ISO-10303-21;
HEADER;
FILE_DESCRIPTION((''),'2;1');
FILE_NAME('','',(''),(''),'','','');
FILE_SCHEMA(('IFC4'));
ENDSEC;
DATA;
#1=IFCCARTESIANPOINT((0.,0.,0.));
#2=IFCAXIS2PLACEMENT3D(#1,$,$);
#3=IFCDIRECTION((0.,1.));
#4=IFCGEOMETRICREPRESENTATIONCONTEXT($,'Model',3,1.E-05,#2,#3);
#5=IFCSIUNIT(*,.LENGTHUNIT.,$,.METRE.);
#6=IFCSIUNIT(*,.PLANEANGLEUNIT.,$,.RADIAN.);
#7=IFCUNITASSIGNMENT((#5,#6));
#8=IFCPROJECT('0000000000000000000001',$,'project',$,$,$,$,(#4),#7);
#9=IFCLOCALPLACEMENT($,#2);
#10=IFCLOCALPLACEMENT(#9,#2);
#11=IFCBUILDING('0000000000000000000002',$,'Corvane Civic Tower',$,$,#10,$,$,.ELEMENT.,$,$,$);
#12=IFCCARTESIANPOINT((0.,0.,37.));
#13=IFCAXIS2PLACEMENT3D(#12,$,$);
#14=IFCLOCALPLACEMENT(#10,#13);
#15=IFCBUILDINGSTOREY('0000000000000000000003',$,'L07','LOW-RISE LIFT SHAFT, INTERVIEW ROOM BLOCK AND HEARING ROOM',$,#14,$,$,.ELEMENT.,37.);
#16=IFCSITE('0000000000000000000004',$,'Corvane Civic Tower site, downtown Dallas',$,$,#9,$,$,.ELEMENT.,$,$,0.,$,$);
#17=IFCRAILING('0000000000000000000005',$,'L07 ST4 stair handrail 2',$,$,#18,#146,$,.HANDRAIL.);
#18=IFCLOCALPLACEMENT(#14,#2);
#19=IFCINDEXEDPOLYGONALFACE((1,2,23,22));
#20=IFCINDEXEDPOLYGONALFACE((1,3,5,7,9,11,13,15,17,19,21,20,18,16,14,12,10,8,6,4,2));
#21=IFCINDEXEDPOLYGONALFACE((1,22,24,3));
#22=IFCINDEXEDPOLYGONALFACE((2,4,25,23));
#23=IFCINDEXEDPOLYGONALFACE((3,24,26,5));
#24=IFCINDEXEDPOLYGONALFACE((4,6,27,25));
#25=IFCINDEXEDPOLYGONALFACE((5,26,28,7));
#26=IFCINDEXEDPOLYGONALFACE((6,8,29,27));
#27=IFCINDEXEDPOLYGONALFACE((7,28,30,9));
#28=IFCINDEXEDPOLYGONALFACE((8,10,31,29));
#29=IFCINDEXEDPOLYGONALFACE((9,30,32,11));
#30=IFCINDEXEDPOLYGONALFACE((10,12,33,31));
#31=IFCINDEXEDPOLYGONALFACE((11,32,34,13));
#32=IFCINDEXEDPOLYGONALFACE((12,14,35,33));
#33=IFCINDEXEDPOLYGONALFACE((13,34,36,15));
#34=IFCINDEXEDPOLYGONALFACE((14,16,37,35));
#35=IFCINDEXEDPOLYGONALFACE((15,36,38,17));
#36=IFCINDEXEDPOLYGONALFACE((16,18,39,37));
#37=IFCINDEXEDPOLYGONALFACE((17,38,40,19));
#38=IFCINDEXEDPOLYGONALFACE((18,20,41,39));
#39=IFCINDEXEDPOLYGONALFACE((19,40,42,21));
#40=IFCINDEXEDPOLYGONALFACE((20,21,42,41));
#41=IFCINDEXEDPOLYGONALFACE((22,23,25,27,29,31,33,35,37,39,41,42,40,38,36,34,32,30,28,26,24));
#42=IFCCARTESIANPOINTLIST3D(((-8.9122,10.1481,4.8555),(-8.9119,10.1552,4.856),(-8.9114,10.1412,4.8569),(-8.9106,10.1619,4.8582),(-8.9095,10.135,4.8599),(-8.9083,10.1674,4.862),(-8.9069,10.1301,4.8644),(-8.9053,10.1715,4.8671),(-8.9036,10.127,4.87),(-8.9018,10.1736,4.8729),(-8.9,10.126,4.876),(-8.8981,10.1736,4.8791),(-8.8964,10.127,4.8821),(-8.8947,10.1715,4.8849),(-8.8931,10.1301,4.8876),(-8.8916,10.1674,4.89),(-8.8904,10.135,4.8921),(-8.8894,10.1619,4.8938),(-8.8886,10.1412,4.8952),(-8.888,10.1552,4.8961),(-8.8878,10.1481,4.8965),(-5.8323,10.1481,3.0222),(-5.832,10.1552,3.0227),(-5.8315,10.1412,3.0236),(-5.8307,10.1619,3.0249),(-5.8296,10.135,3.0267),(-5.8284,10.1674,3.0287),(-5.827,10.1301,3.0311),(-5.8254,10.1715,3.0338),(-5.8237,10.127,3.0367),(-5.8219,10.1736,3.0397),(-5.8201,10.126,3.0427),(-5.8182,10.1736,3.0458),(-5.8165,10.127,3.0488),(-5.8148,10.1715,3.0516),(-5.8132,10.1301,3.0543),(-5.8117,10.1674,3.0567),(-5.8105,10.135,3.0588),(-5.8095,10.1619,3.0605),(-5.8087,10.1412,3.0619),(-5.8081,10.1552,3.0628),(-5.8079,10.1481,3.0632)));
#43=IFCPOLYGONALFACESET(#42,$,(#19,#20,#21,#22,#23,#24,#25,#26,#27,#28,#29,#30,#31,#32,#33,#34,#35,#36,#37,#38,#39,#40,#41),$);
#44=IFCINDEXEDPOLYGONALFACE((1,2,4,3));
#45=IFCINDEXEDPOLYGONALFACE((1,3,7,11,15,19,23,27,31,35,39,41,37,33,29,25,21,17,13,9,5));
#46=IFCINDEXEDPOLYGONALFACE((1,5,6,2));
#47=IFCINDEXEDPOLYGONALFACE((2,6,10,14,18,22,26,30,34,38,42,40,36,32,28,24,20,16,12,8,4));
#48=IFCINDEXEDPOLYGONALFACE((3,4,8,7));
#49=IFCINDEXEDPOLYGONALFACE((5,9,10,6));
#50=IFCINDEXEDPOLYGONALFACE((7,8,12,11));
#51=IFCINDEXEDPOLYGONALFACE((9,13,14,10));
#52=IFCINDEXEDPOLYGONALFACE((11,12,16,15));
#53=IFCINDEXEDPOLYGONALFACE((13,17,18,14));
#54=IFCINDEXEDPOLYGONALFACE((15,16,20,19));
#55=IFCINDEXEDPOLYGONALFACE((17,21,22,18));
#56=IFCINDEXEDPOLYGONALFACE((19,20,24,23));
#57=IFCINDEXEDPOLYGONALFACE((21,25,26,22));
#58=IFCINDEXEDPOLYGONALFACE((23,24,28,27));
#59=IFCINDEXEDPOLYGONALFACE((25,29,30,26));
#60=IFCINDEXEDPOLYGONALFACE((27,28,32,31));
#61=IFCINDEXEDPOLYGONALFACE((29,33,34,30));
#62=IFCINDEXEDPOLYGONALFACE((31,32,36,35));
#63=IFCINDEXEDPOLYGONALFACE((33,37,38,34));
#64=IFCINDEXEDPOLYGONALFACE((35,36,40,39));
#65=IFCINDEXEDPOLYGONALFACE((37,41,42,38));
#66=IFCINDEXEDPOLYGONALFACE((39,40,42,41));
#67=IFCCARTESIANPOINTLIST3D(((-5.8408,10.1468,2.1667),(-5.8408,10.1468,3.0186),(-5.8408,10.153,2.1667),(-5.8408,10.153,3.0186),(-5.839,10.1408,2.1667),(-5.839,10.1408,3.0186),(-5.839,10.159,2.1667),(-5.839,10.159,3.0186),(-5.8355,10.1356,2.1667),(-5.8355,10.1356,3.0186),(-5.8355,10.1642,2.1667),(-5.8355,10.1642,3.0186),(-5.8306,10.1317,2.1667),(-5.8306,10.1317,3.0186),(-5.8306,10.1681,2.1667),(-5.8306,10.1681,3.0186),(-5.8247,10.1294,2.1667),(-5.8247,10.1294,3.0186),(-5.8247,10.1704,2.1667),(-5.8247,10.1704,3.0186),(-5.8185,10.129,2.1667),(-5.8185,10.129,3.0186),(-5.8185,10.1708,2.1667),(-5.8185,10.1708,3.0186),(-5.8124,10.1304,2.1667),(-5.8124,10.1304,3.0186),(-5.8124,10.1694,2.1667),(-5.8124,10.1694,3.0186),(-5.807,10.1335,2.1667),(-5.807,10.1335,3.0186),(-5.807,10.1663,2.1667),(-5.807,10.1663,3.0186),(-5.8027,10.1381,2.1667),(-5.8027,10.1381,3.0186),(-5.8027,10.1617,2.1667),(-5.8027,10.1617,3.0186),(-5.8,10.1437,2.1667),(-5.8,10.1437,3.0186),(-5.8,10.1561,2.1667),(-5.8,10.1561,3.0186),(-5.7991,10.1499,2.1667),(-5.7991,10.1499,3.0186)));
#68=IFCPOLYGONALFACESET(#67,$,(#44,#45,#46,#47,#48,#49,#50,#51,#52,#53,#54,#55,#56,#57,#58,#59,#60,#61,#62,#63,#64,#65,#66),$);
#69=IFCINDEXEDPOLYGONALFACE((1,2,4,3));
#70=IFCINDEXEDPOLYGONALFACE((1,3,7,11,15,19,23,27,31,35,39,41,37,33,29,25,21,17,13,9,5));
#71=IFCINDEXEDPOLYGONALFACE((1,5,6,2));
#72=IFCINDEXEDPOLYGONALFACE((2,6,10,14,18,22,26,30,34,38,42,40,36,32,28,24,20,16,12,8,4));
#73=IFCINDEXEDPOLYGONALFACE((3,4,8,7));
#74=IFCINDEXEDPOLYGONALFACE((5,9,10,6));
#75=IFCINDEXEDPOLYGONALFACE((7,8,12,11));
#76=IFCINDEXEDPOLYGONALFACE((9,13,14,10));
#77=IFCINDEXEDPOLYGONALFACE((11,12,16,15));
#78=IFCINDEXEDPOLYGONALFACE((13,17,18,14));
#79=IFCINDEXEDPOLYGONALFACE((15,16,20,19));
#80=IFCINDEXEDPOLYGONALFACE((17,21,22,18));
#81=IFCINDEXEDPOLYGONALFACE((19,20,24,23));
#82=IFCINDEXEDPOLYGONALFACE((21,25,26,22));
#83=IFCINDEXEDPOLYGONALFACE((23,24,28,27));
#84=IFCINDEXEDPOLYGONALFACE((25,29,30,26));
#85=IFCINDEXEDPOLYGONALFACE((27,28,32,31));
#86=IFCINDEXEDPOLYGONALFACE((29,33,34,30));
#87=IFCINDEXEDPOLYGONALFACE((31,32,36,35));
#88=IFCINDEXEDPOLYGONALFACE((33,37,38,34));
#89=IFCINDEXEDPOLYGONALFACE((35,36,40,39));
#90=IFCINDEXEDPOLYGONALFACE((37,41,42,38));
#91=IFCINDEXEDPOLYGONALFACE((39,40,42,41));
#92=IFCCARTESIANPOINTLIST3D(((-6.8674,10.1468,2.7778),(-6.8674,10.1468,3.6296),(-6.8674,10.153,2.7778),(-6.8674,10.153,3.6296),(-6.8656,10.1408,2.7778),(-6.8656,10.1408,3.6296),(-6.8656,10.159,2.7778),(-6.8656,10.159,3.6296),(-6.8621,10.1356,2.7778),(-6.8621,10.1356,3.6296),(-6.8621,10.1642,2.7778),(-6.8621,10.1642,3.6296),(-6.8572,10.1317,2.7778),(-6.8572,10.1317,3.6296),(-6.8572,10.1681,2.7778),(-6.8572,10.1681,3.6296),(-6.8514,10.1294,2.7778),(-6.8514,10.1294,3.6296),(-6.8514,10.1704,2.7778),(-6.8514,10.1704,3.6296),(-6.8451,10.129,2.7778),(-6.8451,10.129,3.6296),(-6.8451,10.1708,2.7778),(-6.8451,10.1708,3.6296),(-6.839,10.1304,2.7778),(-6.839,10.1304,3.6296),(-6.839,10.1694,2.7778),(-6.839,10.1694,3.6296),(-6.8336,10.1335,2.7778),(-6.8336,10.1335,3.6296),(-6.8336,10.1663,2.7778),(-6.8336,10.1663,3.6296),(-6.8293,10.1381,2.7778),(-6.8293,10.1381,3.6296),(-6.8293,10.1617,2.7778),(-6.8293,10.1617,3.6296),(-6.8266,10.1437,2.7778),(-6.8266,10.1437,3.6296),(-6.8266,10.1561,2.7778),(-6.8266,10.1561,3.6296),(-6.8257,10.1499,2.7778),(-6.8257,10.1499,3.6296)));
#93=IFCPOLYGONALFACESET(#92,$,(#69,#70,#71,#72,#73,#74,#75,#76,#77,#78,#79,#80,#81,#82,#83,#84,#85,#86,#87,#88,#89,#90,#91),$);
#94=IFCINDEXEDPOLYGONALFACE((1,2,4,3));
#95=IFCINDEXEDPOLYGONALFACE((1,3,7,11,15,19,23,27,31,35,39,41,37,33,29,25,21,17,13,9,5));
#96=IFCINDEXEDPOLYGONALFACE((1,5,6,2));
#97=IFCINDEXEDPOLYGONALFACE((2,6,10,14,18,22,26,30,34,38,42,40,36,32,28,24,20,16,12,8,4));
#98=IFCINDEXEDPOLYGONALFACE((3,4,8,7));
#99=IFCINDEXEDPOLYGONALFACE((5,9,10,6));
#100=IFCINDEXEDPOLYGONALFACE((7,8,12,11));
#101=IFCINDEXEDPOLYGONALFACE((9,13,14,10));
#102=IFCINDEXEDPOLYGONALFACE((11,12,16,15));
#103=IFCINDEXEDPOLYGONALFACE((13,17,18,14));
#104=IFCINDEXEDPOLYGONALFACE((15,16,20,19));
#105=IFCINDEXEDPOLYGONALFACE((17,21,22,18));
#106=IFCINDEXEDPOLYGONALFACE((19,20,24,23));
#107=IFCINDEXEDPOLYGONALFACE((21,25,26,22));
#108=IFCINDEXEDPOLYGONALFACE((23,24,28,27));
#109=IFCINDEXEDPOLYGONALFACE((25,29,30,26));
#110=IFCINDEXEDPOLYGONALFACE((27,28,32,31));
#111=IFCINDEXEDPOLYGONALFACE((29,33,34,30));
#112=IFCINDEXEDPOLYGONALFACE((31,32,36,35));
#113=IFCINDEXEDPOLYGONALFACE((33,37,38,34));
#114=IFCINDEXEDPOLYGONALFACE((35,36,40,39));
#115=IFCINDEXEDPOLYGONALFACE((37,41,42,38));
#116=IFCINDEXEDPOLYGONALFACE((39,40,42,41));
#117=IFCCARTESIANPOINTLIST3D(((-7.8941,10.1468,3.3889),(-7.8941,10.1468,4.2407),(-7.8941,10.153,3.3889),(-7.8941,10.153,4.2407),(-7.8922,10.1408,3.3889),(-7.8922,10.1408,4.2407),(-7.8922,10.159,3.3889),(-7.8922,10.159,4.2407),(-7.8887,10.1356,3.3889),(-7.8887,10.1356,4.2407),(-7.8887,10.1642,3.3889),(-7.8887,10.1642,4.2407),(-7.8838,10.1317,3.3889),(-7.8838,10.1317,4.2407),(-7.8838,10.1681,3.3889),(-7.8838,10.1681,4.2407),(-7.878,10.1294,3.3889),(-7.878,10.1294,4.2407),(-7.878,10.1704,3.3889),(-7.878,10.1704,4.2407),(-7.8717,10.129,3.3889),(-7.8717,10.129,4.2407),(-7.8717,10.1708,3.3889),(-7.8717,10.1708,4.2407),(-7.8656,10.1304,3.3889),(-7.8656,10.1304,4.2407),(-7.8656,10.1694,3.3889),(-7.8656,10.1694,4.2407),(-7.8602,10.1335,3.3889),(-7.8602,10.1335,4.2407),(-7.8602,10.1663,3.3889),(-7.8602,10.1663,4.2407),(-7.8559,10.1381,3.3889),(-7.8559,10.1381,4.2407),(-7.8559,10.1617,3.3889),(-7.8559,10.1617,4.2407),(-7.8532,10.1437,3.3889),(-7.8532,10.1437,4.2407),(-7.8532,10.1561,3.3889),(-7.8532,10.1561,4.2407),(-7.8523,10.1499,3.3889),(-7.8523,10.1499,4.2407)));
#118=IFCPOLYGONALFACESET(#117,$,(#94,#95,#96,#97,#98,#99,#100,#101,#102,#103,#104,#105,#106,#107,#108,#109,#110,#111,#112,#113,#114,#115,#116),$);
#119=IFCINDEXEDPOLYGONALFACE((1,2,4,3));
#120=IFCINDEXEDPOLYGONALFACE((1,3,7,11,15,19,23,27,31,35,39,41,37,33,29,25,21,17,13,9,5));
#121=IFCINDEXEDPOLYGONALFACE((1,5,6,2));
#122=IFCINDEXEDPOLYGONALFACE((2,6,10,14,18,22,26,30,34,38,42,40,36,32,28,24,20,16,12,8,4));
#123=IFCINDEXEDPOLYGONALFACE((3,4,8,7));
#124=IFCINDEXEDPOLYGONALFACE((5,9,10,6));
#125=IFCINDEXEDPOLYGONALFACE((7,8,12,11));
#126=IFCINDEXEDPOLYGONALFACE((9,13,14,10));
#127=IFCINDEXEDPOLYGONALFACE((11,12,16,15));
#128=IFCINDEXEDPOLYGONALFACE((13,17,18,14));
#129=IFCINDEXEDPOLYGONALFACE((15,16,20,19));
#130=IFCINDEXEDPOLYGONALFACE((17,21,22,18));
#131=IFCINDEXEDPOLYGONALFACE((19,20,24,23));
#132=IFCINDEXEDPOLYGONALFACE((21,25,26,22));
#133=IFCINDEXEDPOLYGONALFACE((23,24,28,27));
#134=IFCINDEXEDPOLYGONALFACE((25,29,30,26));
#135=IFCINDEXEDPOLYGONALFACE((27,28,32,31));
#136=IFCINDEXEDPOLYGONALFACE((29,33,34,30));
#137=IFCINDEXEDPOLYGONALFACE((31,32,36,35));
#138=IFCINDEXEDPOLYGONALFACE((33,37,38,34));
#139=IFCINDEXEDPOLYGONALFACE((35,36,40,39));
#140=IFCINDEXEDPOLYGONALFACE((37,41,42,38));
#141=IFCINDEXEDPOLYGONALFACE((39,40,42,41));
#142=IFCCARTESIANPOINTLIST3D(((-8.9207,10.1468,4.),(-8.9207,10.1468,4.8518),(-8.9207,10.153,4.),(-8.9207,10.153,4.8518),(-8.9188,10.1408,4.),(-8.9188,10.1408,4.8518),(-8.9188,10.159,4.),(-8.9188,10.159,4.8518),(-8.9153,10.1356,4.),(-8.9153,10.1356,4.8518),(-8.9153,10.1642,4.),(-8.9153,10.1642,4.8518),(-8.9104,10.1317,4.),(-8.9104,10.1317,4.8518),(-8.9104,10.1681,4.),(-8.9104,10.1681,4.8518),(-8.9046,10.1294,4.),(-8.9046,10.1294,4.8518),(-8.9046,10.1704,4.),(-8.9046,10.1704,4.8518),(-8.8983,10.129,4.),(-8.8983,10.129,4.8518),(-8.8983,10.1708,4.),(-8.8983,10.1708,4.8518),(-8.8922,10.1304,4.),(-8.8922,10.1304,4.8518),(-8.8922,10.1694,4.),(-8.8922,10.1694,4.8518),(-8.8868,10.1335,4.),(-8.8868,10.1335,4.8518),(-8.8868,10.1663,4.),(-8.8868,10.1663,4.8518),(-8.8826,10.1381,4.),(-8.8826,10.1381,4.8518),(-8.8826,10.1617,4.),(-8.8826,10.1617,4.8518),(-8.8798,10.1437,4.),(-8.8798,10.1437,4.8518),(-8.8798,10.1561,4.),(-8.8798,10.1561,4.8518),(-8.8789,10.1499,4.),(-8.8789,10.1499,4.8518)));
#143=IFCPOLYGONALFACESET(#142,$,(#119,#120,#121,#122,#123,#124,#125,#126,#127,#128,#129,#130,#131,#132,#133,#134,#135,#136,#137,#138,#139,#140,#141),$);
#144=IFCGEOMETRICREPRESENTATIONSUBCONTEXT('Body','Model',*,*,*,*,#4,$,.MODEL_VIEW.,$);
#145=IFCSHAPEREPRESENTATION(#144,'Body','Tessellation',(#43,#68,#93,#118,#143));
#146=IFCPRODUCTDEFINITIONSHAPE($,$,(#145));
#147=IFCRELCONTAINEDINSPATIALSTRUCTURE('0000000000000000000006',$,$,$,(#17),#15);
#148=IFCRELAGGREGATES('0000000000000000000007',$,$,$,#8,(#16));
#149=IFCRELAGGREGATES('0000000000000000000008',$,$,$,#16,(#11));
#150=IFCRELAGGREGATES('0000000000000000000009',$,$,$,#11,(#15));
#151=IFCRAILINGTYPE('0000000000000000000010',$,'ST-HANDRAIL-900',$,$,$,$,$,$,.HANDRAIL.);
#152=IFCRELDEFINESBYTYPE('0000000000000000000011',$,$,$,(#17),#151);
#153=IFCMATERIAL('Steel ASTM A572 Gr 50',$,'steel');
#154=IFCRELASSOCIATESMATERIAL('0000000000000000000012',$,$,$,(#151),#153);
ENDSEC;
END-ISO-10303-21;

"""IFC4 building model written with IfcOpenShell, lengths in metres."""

from ifc_helpers import new_model, si_unit, direction, frame, origin, origin_2d, place, context, subcontext, project, spatial, circle, extrude, material, type_object, element, save


model = new_model("IFC4")

# Units and contexts
model_context = context("Model", 3, precision=1e-05, world=origin(), true_north=direction((0.0, 1.0)))
body_context = subcontext(model_context, "Body", "Model", "MODEL_VIEW")
ifc_project = project(units=[si_unit("LENGTHUNIT", "METRE"), si_unit("PLANEANGLEUNIT", "RADIAN")], contexts=[model_context])

# Site, building, storey
site_placement = place(None, origin())
site = spatial("IfcSite", under=ifc_project, at=site_placement, Name="Corvane Civic Tower site, downtown Dallas", CompositionType="ELEMENT", RefElevation=0.0)
building_placement = place(site_placement, origin())
building = spatial("IfcBuilding", under=site, at=building_placement, Name="Corvane Civic Tower", CompositionType="ELEMENT")
storey_placement = place(building_placement, frame((0.0, 0.0, 37.0)))
storey = spatial("IfcBuildingStorey", under=building, at=storey_placement, Name="L07", Description="LOW-RISE LIFT SHAFT, INTERVIEW ROOM BLOCK AND HEARING ROOM", CompositionType="ELEMENT", Elevation=37.0)

# Railing
ifc_material_1 = material(Name="Steel ASTM A572 Gr 50", Category="steel")
railing_type_1 = type_object("IfcRailingType", Name="ST-HANDRAIL-900", PredefinedType="HANDRAIL", material=ifc_material_1)
railing_1_placement = place(storey_placement, frame((-5.8201, 10.1499, 2.1667)))
element("IfcRailing", 1, at=railing_1_placement, inside=storey, type_object=railing_type_1, Name="L07 ST4 stair handrail 2", PredefinedType="HANDRAIL", context=body_context, shape_type="SweptSolid", body=[
    extrude(circle(Radius=0.0239, at=origin_2d()), frame((0.0, 0.0, 0.876), z_axis=(-0.859291, 0.0, 0.511487), x_axis=(0.0, -1.0, 0.0)), (0.0, 0.0, 1.0), 3.5842),
    extrude(circle(Radius=0.021, at=origin_2d()), origin(), (0.0, 0.0, 1.0), 0.8518),
    extrude(circle(Radius=0.021, at=origin_2d()), frame((-1.0266, 0.0, 0.6111)), (0.0, 0.0, 1.0), 0.8518),
    extrude(circle(Radius=0.021, at=origin_2d()), frame((-2.0532, 0.0, 1.2222)), (0.0, 0.0, 1.0), 0.8518),
    extrude(circle(Radius=0.021, at=origin_2d()), frame((-3.0798, 0.0, 1.8333)), (0.0, 0.0, 1.0), 0.8518),
])

save(model, "model.ifc")
